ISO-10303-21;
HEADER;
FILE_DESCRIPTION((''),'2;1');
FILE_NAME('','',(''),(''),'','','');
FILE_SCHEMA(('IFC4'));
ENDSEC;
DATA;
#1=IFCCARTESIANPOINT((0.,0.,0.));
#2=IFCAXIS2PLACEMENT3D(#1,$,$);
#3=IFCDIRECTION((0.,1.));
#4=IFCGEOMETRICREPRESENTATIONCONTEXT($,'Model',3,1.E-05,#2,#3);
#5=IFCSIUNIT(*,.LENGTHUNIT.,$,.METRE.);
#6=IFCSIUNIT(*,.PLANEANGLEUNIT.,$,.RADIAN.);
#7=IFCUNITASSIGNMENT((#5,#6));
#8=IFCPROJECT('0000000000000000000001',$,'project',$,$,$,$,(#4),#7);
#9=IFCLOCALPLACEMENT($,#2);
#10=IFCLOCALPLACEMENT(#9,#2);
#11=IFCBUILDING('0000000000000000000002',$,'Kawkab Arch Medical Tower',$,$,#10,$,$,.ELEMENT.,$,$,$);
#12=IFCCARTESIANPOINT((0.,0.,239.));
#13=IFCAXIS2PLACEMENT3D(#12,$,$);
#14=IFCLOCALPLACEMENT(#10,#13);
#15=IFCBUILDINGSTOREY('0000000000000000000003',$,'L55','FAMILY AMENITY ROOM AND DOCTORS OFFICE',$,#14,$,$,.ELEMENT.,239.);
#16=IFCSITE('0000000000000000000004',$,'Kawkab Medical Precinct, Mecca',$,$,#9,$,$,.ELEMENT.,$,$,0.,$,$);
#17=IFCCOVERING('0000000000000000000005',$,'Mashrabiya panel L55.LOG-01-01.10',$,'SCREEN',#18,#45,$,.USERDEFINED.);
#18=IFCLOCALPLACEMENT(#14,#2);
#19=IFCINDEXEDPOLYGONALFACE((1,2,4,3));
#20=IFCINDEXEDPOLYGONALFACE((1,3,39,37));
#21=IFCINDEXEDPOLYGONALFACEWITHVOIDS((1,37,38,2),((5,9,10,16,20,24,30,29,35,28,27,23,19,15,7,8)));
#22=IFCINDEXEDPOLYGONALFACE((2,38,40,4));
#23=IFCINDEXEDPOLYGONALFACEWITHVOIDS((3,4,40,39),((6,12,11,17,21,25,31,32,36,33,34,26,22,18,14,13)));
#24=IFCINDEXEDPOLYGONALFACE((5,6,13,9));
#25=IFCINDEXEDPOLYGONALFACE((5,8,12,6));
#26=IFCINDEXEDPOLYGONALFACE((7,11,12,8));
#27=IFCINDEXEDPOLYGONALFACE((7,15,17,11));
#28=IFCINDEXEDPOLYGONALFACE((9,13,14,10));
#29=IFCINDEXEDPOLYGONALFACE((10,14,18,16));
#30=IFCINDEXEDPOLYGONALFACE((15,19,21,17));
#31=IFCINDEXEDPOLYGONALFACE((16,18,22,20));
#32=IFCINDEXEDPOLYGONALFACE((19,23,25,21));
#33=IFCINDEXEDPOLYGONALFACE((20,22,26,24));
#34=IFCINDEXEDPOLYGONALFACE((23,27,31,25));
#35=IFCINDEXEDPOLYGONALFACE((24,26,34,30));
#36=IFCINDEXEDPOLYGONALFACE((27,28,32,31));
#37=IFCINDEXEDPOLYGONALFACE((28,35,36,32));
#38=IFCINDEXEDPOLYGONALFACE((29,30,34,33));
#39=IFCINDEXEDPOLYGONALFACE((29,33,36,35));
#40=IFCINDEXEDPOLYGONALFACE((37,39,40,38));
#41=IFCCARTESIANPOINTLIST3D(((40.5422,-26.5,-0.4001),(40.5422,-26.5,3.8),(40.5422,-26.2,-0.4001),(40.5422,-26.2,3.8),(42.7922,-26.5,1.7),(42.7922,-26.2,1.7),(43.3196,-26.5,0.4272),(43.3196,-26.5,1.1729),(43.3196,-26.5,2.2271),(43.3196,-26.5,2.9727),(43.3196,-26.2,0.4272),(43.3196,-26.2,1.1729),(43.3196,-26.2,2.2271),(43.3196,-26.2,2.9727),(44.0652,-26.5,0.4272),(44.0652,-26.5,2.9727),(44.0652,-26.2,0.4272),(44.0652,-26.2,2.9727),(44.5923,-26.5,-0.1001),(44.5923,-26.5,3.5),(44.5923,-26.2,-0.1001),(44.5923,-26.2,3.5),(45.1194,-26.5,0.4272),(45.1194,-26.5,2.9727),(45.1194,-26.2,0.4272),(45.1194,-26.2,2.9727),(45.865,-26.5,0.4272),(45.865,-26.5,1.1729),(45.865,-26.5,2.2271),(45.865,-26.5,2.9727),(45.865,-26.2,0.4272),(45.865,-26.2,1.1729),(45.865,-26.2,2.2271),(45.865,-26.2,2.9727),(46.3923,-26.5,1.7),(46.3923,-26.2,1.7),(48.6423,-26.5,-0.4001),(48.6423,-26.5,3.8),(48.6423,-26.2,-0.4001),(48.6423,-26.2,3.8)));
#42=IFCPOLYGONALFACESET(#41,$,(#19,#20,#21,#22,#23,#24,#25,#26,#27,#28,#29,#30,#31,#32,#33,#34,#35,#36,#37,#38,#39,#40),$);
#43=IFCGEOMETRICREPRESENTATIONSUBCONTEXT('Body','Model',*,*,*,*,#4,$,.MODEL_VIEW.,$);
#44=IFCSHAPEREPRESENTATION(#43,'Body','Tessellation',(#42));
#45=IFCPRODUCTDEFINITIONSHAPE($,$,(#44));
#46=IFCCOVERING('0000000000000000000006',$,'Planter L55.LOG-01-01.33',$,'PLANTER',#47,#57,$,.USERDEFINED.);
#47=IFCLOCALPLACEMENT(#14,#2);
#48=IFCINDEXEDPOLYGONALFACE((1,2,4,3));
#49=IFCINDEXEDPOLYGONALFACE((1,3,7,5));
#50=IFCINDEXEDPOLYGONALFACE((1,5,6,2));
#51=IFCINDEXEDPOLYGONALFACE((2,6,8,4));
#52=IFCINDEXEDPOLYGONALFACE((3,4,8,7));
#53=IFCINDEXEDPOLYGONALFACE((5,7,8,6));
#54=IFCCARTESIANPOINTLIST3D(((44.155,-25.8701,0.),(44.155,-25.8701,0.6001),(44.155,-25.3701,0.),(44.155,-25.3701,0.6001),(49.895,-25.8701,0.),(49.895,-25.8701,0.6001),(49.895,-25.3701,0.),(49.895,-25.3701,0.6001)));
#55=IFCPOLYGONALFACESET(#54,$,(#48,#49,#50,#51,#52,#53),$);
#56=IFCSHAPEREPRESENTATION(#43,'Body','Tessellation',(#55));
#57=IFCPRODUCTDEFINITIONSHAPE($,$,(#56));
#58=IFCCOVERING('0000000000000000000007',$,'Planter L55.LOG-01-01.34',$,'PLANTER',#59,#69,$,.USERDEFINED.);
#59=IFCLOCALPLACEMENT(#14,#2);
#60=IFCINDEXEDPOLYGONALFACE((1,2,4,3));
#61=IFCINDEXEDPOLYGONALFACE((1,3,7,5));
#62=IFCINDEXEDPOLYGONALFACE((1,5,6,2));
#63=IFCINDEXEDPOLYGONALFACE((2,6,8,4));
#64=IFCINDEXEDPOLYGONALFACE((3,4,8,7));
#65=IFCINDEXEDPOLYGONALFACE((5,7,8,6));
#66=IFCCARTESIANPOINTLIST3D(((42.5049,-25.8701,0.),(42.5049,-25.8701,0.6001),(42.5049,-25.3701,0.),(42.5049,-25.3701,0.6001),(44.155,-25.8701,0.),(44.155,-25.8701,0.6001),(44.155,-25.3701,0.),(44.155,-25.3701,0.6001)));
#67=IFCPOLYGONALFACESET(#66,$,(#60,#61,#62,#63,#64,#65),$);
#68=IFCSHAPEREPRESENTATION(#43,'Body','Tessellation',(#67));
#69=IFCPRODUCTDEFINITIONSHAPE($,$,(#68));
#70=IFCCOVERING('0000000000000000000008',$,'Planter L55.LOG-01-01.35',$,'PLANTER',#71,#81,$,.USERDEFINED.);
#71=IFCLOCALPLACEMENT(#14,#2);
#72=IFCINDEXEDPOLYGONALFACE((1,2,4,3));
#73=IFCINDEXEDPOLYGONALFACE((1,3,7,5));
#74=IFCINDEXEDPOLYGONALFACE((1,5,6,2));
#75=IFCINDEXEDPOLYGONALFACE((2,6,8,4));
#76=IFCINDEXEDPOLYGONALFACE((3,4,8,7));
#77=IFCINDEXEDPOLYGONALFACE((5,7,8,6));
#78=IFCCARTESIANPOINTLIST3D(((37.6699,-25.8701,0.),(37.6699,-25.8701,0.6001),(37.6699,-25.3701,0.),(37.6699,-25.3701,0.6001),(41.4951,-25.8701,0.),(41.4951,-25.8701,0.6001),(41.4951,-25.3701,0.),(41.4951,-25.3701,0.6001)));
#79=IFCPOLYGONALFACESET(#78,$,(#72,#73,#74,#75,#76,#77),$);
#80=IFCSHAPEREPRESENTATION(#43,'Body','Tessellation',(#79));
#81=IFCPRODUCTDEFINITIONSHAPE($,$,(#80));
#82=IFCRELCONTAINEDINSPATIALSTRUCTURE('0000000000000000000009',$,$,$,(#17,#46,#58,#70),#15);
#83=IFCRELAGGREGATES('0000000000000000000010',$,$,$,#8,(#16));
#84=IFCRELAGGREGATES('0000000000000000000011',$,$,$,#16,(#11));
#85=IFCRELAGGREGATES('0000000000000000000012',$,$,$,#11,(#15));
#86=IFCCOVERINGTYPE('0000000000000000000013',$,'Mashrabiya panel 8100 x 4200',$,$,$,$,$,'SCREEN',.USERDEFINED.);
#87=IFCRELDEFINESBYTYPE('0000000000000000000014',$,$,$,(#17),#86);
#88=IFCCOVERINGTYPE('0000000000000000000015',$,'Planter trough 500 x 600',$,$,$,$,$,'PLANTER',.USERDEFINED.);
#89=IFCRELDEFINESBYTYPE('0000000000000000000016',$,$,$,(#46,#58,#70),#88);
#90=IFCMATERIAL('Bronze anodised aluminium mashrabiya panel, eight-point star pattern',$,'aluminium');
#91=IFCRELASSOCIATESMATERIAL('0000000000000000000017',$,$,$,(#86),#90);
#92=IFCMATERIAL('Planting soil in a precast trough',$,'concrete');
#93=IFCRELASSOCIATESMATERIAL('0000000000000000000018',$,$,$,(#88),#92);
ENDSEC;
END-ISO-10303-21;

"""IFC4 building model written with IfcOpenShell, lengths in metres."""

from ifc_helpers import new_model, si_unit, direction, frame, origin, origin_2d, place, context, subcontext, project, spatial, polyline, rectangle, outline, extrude, material, material_profile, profile_set, type_object, element, save


model = new_model("IFC4")

# Units and contexts
model_context = context("Model", 3, precision=1e-05, world=origin(), true_north=direction((0.0, 1.0)))
body_context = subcontext(model_context, "Body", "Model", "MODEL_VIEW")
ifc_project = project(units=[si_unit("LENGTHUNIT", "METRE"), si_unit("PLANEANGLEUNIT", "RADIAN")], contexts=[model_context])

# Site, building, storey
site_placement = place(None, origin())
site = spatial("IfcSite", under=ifc_project, at=site_placement, Name="Kawkab Medical Precinct, Mecca", CompositionType="ELEMENT", RefElevation=0.0)
building_placement = place(site_placement, origin())
building = spatial("IfcBuilding", under=site, at=building_placement, Name="Kawkab Arch Medical Tower", CompositionType="ELEMENT")
storey_placement = place(building_placement, frame((0.0, 0.0, 239.0)))
storey = spatial("IfcBuildingStorey", under=building, at=storey_placement, Name="L55", Description="FAMILY AMENITY ROOM AND DOCTORS OFFICE", CompositionType="ELEMENT", Elevation=239.0)

# Coverings
ifc_material_1 = material(Name="Bronze anodised aluminium mashrabiya panel, eight-point star pattern", Category="aluminium")
ifc_material_profile_1 = material_profile(ifc_material_1, outline(polyline([(-4.05, -2.1001), (4.05, -2.1001), (4.05, 2.1001), (-4.05, 2.1001), (-4.05, -2.1001)]), holes=[polyline([(1.8, 0.0), (1.2727, 0.5271), (1.2727, 1.2727), (0.5271, 1.2727), (0.0, 1.8), (-0.5271, 1.2727), (-1.2727, 1.2727), (-1.2727, 0.5271), (-1.8, 0.0), (-1.2727, -0.5271), (-1.2727, -1.2727), (-0.5271, -1.2727), (0.0, -1.8), (0.5271, -1.2727), (1.2727, -1.2727), (1.2727, -0.5271), (1.8, 0.0)])]), Name="Mashrabiya panel 8100x4200")
ifc_profile_set_1 = profile_set([ifc_material_profile_1], Name="Bronze anodised aluminium mashrabiya panel, eight-point star pattern")
covering_type_1 = type_object("IfcCoveringType", Name="Mashrabiya panel 8100 x 4200", ElementType="SCREEN", PredefinedType="USERDEFINED", material=ifc_profile_set_1)
covering_1_placement = place(storey_placement, frame((44.5923, -26.2, 1.7), z_axis=(0.0, -1.0, 0.0), x_axis=(1.0, 0.0, 0.0)))
element("IfcCovering", 1, at=covering_1_placement, inside=storey, type_object=covering_type_1, Name="Mashrabiya panel L55.LOG-01-01.10", ObjectType="SCREEN", PredefinedType="USERDEFINED", context=body_context, shape_type="SweptSolid", body=[
    extrude(outline(polyline([(-4.05, -2.1001), (4.05, -2.1001), (4.05, 2.1001), (-4.05, 2.1001), (-4.05, -2.1001)]), holes=[polyline([(1.8, 0.0), (1.2727, 0.5271), (1.2727, 1.2727), (0.5271, 1.2727), (0.0, 1.8), (-0.5271, 1.2727), (-1.2727, 1.2727), (-1.2727, 0.5271), (-1.8, 0.0), (-1.2727, -0.5271), (-1.2727, -1.2727), (-0.5271, -1.2727), (0.0, -1.8), (0.5271, -1.2727), (1.2727, -1.2727), (1.2727, -0.5271), (1.8, 0.0)])]), origin(), (0.0, 0.0, 1.0), 0.3),
])
ifc_material_2 = material(Name="Planting soil in a precast trough", Category="concrete")
ifc_material_profile_2 = material_profile(ifc_material_2, rectangle(XDim=0.5, YDim=0.6001, at=origin_2d()), Name="Trough 500x600")
ifc_profile_set_2 = profile_set([ifc_material_profile_2], Name="Planting soil in a precast trough")
covering_type_2 = type_object("IfcCoveringType", Name="Planter trough 500 x 600", ElementType="PLANTER", PredefinedType="USERDEFINED", material=ifc_profile_set_2)
covering_2_placement = place(storey_placement, frame((49.895, -25.6201, 0.3), z_axis=(-1.0, 0.0, 0.0), x_axis=(0.0, -1.0, 0.0)))
element("IfcCovering", 2, at=covering_2_placement, inside=storey, type_object=covering_type_2, Name="Planter L55.LOG-01-01.33", ObjectType="PLANTER", PredefinedType="USERDEFINED", context=body_context, shape_type="SweptSolid", body=[
    extrude(rectangle(XDim=0.5, YDim=0.6001, at=origin_2d()), origin(), (0.0, 0.0, 1.0), 5.74),
])
covering_3_placement = place(storey_placement, frame((44.155, -25.6201, 0.3), z_axis=(-1.0, 0.0, 0.0), x_axis=(0.0, -1.0, 0.0)))
element("IfcCovering", 3, at=covering_3_placement, inside=storey, type_object=covering_type_2, Name="Planter L55.LOG-01-01.34", ObjectType="PLANTER", PredefinedType="USERDEFINED", context=body_context, shape_type="SweptSolid", body=[
    extrude(rectangle(XDim=0.5, YDim=0.6001, at=origin_2d()), origin(), (0.0, 0.0, 1.0), 1.6501),
])
covering_4_placement = place(storey_placement, frame((41.4951, -25.6201, 0.3), z_axis=(-1.0, 0.0, 0.0), x_axis=(0.0, -1.0, 0.0)))
element("IfcCovering", 4, at=covering_4_placement, inside=storey, type_object=covering_type_2, Name="Planter L55.LOG-01-01.35", ObjectType="PLANTER", PredefinedType="USERDEFINED", context=body_context, shape_type="SweptSolid", body=[
    extrude(rectangle(XDim=0.5, YDim=0.6001, at=origin_2d()), origin(), (0.0, 0.0, 1.0), 3.8252),
])

save(model, "model.ifc")
